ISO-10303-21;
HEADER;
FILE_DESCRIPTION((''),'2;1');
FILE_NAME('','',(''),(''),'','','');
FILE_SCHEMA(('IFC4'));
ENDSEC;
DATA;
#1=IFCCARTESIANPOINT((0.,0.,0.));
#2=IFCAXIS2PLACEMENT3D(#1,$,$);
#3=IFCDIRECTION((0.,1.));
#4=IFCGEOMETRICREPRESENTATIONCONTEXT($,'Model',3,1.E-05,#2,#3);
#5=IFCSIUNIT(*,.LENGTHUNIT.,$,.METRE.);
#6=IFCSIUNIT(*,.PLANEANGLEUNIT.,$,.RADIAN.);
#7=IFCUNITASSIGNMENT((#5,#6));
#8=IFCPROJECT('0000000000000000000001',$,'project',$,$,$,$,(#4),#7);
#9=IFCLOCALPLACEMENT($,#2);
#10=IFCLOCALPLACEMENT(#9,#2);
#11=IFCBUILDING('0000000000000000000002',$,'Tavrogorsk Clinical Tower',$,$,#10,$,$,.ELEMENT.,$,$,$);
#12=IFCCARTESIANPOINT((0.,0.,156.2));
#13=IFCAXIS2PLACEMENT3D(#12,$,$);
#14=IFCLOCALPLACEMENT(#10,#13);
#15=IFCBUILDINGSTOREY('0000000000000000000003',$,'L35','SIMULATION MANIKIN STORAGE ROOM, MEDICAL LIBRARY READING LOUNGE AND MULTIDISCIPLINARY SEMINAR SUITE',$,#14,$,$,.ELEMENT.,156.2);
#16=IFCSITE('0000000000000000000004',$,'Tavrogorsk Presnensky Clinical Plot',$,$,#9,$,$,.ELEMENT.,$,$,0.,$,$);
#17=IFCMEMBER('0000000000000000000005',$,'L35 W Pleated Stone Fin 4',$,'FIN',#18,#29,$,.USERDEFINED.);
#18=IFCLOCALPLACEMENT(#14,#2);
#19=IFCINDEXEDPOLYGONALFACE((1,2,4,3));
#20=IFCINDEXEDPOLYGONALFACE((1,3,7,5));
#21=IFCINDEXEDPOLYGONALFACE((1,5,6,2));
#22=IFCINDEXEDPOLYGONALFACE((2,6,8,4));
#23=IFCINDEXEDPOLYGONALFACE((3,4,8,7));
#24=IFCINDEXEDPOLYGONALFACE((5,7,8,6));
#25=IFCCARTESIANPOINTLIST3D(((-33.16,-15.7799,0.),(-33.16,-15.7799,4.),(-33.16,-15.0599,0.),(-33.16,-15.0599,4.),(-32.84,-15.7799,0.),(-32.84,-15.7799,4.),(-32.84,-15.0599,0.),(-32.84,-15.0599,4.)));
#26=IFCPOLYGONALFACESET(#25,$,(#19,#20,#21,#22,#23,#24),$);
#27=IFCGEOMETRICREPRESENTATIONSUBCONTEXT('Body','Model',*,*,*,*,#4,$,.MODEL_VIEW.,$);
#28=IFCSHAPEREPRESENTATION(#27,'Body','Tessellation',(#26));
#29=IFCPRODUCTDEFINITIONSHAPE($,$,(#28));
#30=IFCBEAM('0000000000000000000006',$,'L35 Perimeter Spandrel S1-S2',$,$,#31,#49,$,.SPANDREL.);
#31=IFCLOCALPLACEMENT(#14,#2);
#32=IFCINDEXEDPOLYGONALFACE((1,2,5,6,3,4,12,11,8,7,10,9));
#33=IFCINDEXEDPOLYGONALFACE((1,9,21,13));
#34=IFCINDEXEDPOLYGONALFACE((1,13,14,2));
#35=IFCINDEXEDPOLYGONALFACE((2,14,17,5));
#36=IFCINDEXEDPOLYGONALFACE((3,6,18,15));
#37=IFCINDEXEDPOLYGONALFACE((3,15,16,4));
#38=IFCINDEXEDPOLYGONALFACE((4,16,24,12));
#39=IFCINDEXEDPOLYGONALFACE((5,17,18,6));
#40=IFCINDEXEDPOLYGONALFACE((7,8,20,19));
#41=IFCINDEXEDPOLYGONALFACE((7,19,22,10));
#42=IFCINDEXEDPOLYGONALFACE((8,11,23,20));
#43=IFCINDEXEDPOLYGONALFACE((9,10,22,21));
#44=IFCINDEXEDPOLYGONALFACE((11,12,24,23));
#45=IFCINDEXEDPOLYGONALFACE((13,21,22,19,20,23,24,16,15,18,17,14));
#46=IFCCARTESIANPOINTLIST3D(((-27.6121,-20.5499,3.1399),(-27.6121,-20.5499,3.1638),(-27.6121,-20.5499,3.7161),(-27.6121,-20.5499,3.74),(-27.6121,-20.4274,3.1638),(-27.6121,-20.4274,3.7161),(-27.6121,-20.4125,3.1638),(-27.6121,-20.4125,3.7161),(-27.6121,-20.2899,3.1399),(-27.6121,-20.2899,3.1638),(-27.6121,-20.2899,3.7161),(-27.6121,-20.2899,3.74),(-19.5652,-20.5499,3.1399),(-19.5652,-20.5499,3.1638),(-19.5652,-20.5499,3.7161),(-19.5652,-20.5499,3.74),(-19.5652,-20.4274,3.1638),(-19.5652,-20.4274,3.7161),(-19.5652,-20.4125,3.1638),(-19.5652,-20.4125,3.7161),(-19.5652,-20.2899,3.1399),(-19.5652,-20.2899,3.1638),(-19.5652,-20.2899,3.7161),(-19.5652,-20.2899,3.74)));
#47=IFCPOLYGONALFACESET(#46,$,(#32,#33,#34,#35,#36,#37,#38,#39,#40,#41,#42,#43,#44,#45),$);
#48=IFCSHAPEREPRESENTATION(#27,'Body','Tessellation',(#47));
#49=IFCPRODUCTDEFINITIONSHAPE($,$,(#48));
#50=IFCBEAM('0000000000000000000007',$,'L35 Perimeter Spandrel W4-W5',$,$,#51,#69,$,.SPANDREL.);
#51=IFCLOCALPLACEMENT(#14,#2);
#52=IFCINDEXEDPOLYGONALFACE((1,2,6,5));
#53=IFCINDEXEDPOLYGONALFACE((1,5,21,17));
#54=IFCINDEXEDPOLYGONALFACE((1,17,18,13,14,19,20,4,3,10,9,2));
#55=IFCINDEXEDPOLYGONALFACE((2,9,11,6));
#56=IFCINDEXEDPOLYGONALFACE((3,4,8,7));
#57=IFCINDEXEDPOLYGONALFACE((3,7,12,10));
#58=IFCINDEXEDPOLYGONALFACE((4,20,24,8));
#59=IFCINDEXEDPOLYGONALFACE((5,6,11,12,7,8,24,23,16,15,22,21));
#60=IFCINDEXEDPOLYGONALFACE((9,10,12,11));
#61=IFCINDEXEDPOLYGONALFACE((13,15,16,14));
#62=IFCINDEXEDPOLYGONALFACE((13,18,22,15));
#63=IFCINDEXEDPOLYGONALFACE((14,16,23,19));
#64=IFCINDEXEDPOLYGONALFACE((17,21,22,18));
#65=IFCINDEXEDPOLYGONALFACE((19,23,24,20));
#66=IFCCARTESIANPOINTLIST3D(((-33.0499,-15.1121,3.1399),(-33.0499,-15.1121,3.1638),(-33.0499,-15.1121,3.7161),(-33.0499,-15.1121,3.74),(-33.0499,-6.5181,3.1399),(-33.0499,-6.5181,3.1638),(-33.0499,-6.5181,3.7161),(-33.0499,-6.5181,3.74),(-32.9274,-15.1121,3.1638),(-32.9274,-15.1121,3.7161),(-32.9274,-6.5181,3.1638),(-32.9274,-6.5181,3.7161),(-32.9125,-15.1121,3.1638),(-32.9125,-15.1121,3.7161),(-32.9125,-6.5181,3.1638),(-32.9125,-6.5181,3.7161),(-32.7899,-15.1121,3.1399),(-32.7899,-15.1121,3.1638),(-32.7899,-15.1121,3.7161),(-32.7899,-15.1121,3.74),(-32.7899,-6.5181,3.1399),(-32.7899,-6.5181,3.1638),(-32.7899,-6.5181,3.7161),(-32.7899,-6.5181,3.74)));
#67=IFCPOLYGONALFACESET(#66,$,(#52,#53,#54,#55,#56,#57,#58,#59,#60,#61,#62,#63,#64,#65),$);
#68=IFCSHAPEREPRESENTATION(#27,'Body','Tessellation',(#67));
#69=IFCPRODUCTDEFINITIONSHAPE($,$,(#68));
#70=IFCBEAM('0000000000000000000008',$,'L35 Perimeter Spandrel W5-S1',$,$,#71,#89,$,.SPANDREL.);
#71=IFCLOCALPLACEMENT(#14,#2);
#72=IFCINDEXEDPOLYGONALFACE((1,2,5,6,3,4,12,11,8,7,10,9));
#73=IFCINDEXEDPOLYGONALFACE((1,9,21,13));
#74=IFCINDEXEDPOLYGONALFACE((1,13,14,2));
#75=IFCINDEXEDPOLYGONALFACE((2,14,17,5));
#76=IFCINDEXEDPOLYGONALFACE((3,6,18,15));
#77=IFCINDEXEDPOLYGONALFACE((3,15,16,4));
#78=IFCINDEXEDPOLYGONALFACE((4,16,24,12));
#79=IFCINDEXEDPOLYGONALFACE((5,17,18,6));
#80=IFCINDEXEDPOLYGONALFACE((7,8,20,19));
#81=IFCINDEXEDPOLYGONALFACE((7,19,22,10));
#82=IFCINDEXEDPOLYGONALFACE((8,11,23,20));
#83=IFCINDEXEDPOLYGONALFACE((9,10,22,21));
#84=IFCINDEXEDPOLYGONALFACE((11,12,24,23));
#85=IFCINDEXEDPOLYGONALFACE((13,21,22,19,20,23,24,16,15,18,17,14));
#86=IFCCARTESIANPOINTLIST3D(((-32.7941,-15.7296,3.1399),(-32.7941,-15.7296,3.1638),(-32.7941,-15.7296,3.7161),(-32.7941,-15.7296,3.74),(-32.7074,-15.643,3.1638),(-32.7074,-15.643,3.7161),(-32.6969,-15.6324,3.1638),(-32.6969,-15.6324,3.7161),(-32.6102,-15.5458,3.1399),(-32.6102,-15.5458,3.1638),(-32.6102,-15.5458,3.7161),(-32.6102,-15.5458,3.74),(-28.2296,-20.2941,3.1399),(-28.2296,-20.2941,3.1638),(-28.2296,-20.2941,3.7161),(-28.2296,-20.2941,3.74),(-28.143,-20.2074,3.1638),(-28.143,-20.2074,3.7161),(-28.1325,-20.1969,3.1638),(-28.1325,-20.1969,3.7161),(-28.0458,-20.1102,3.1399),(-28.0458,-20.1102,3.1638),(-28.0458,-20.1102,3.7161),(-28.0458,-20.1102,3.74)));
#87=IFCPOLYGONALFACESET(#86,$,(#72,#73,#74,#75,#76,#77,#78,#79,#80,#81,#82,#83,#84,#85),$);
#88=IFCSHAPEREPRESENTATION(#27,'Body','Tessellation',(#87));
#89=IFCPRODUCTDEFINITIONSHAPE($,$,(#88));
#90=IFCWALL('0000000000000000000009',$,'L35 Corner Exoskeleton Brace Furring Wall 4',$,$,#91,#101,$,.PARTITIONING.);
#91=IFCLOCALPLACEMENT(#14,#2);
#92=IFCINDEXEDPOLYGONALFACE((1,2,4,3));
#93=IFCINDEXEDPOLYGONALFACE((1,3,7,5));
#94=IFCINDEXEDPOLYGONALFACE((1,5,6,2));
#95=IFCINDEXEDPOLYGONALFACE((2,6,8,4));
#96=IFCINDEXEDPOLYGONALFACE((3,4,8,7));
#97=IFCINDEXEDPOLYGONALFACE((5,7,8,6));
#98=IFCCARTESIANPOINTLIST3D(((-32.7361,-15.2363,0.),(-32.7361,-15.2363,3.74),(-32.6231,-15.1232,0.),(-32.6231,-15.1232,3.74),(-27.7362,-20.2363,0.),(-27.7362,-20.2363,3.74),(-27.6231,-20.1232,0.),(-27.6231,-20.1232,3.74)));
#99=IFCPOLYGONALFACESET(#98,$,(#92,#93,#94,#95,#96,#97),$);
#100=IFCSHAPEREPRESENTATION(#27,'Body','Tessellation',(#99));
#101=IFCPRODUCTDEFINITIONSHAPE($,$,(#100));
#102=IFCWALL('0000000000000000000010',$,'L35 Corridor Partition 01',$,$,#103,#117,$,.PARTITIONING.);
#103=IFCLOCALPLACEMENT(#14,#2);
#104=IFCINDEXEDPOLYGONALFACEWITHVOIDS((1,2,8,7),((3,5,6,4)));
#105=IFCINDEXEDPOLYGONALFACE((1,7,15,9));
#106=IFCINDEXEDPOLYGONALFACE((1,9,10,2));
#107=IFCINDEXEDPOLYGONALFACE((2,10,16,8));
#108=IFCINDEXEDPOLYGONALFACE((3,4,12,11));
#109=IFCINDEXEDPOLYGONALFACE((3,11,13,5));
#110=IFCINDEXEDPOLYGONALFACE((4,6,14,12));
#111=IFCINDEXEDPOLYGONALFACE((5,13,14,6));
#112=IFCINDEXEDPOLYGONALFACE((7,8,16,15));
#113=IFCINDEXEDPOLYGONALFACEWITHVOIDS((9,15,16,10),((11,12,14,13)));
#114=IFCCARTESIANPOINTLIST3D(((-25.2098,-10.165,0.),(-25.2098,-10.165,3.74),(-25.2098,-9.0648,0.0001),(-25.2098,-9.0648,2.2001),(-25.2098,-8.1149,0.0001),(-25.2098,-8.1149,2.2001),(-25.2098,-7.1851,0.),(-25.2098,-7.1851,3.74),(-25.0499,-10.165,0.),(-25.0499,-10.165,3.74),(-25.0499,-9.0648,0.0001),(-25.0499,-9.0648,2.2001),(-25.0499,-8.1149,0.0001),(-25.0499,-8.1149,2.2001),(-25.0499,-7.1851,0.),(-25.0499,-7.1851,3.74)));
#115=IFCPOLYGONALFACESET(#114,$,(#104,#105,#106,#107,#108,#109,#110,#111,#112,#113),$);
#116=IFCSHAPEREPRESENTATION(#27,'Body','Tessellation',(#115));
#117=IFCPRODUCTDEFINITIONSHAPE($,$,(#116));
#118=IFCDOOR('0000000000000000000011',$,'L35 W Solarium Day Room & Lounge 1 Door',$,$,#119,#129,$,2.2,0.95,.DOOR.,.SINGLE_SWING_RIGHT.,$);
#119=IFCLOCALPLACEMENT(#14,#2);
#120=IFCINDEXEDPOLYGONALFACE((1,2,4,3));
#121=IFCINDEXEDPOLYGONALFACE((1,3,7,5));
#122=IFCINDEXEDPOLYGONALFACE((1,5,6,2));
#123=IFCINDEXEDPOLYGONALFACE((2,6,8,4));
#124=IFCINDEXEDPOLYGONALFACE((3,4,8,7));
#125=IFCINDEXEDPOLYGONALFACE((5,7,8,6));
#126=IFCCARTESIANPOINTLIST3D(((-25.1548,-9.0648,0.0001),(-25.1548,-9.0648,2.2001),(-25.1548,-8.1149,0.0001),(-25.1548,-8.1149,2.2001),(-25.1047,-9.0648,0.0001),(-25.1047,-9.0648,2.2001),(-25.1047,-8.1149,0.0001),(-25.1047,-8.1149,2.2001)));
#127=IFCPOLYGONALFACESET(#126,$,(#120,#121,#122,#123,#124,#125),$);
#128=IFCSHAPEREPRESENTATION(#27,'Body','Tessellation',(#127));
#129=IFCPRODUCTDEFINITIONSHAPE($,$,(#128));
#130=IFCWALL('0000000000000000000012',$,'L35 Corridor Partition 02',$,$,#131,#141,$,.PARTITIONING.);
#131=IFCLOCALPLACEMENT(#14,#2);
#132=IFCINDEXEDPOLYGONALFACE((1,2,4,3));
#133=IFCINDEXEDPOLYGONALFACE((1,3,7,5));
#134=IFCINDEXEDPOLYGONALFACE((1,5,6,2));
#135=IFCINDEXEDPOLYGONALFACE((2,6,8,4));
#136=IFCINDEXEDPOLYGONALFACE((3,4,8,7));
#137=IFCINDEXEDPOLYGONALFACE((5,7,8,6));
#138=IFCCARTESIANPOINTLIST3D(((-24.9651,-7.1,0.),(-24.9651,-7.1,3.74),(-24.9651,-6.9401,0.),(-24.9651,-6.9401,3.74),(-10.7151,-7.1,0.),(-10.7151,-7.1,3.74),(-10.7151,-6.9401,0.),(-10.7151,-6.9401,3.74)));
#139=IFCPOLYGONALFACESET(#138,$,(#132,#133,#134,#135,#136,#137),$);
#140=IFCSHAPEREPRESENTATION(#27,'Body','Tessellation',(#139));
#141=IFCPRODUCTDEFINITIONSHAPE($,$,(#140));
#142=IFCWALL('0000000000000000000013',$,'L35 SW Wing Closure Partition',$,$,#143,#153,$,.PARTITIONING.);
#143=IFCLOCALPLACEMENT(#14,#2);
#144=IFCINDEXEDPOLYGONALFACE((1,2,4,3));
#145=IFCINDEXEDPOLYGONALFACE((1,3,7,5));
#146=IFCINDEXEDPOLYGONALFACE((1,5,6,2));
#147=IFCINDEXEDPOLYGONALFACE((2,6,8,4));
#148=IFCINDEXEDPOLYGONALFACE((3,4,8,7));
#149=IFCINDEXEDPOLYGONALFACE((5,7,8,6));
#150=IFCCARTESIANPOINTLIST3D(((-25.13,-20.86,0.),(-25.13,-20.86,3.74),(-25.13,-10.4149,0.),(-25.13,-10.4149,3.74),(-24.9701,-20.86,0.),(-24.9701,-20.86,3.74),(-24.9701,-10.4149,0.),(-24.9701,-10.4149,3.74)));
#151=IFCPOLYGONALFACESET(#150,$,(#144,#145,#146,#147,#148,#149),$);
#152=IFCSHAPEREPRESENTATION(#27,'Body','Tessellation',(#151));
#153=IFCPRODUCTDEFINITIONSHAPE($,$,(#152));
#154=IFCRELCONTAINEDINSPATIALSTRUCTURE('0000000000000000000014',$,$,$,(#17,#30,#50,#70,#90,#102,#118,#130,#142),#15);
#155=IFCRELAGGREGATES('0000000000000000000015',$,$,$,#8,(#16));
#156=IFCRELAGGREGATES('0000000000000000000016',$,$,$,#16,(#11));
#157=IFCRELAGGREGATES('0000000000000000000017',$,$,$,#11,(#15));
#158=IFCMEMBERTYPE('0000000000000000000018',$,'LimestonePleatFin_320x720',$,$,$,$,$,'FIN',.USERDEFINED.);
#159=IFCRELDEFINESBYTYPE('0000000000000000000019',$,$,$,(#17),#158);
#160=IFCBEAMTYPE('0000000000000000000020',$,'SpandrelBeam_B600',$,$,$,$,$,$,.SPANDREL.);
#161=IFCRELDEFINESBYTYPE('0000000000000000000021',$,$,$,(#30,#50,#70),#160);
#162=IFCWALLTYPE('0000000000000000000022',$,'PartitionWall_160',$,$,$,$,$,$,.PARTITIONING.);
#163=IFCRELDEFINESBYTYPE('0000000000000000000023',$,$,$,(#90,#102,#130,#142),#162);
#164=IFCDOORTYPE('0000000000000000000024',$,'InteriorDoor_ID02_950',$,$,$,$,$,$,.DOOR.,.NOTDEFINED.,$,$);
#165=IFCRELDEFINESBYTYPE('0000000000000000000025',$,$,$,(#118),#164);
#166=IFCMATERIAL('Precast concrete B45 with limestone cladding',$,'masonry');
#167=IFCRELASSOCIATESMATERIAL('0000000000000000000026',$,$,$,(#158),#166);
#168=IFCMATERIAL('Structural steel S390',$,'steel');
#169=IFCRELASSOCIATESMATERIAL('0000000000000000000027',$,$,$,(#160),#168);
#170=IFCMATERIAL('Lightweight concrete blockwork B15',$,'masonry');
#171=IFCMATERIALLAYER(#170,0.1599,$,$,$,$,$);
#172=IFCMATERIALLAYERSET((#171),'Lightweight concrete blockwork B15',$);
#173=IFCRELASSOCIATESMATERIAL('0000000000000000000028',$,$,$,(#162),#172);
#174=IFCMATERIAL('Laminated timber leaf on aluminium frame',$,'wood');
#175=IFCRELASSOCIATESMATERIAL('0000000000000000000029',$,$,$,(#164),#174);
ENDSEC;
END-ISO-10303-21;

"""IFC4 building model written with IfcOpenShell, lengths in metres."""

from ifc_helpers import new_model, si_unit, direction, frame, frame_2d, origin, origin_2d, place, context, subcontext, project, spatial, rectangle, i_section, extrude, material, layer, layer_set, material_profile, profile_set, type_object, element, fill, save


model = new_model("IFC4")

# Units and contexts
model_context = context("Model", 3, precision=1e-05, world=origin(), true_north=direction((0.0, 1.0)))
body_context = subcontext(model_context, "Body", "Model", "MODEL_VIEW")
ifc_project = project(units=[si_unit("LENGTHUNIT", "METRE"), si_unit("PLANEANGLEUNIT", "RADIAN")], contexts=[model_context])

# Site, building, storey
site_placement = place(None, origin())
site = spatial("IfcSite", under=ifc_project, at=site_placement, Name="Tavrogorsk Presnensky Clinical Plot", CompositionType="ELEMENT", RefElevation=0.0)
building_placement = place(site_placement, origin())
building = spatial("IfcBuilding", under=site, at=building_placement, Name="Tavrogorsk Clinical Tower", CompositionType="ELEMENT")
storey_placement = place(building_placement, frame((0.0, 0.0, 156.2)))
storey = spatial("IfcBuildingStorey", under=building, at=storey_placement, Name="L35", Description="SIMULATION MANIKIN STORAGE ROOM, MEDICAL LIBRARY READING LOUNGE AND MULTIDISCIPLINARY SEMINAR SUITE", CompositionType="ELEMENT", Elevation=156.2)

# Member
ifc_material_1 = material(Name="Precast concrete B45 with limestone cladding", Category="masonry")
ifc_material_profile_1 = material_profile(ifc_material_1, rectangle(XDim=0.3201, YDim=0.72, at=origin_2d()), Name="LIMESTONE-FIN-320x720")
ifc_profile_set_1 = profile_set([ifc_material_profile_1], Name="Precast concrete B45 with limestone cladding")
member_type_1 = type_object("IfcMemberType", Name="LimestonePleatFin_320x720", ElementType="FIN", PredefinedType="USERDEFINED", material=ifc_profile_set_1)
for number, where, z_axis, x_axis, name in (
    (1, (-33.0, -15.4199, 0.0), (0.0, 0.0, 1.0), (1.0, 0.0, 0.0), "L35 W Pleated Stone Fin 4"),
):
    element("IfcMember", number, at=place(storey_placement, frame(where, z_axis=z_axis, x_axis=x_axis)), inside=storey, type_object=member_type_1, Name=name, ObjectType="FIN", PredefinedType="USERDEFINED", context=body_context, shape_type="SweptSolid", body=[
        extrude(rectangle(XDim=0.3201, YDim=0.72, at=origin_2d()), origin(), (0.0, 0.0, 1.0), 4.0),
    ])

# Beams
ifc_material_2 = material(Name="Structural steel S390", Category="steel")
ifc_material_profile_2 = material_profile(ifc_material_2, i_section(OverallWidth=0.26, OverallDepth=0.6001, WebThickness=0.0149, FlangeThickness=0.0239, at=origin_2d()), Name="B-600x260x15x24")
ifc_profile_set_2 = profile_set([ifc_material_profile_2], Name="Structural steel S390")
beam_type_1 = type_object("IfcBeamType", Name="SpandrelBeam_B600", PredefinedType="SPANDREL", material=ifc_profile_set_2)
beam_1_placement = place(storey_placement, frame((-27.6121, -20.4199, 3.4399), z_axis=(1.0, 0.0, 0.0), x_axis=(0.0, 1.0, 0.0)))
element("IfcBeam", 2, at=beam_1_placement, inside=storey, type_object=beam_type_1, Name="L35 Perimeter Spandrel S1-S2", PredefinedType="SPANDREL", context=body_context, shape_type="SweptSolid", body=[
    extrude(i_section(OverallWidth=0.26, OverallDepth=0.6001, WebThickness=0.0149, FlangeThickness=0.0239, at=origin_2d()), origin(), (0.0, 0.0, 1.0), 8.0469),
])
beam_2_placement = place(storey_placement, frame((-32.9199, -6.5181, 3.4399), z_axis=(0.0, -1.0, 0.0), x_axis=(1.0, 0.0, 0.0)))
element("IfcBeam", 3, at=beam_2_placement, inside=storey, type_object=beam_type_1, Name="L35 Perimeter Spandrel W4-W5", PredefinedType="SPANDREL", context=body_context, shape_type="SweptSolid", body=[
    extrude(i_section(OverallWidth=0.26, OverallDepth=0.6001, WebThickness=0.0149, FlangeThickness=0.0239, at=origin_2d()), origin(), (0.0, 0.0, 1.0), 8.594),
])
beam_3_placement = place(storey_placement, frame((-32.7021, -15.6377, 3.4399), z_axis=(0.707107, -0.707107, 0.0), x_axis=(0.707107, 0.707107, 0.0)))
element("IfcBeam", 4, at=beam_3_placement, inside=storey, type_object=beam_type_1, Name="L35 Perimeter Spandrel W5-S1", PredefinedType="SPANDREL", context=body_context, shape_type="SweptSolid", body=[
    extrude(i_section(OverallWidth=0.26, OverallDepth=0.6001, WebThickness=0.0149, FlangeThickness=0.0239, at=origin_2d()), origin(), (0.0, 0.0, 1.0), 6.4551),
])

# Wall
ifc_material_3 = material(Name="Lightweight concrete blockwork B15", Category="masonry")
ifc_layer_1 = layer(ifc_material_3, 0.1599)
ifc_layer_set_1 = layer_set([ifc_layer_1], Name="Lightweight concrete blockwork B15")
wall_type_1 = type_object("IfcWallType", Name="PartitionWall_160", PredefinedType="PARTITIONING", material=ifc_layer_set_1)
wall_1_placement = place(storey_placement, frame((-32.6797, -15.1797, 0.0), z_axis=(0.0, 0.0, 1.0), x_axis=(0.707107, -0.707107, 0.0)))
element("IfcWall", 5, at=wall_1_placement, inside=storey, type_object=wall_type_1, Name="L35 Corner Exoskeleton Brace Furring Wall 4", PredefinedType="PARTITIONING", context=body_context, shape_type="SweptSolid", body=[
    extrude(rectangle(XDim=7.071, YDim=0.1599, at=frame_2d((3.5356, 0.0))), origin(), (0.0, 0.0, 1.0), 3.74),
])

# Wall, opening, door
wall_2_placement = place(storey_placement, frame((-25.1299, -10.165, 0.0), z_axis=(0.0, 0.0, 1.0), x_axis=(0.0, 1.0, 0.0)))
wall_2 = element("IfcWall", 6, at=wall_2_placement, inside=storey, type_object=wall_type_1, Name="L35 Corridor Partition 01", PredefinedType="PARTITIONING", context=body_context, shape_type="SweptSolid", body=[
    extrude(rectangle(XDim=2.98, YDim=0.1599, at=frame_2d((1.49, 0.0))), origin(), (0.0, 0.0, 1.0), 3.74),
])
opening_1_placement = place(wall_2_placement, frame((1.1001, 0.0, 0.0)))
opening_1 = element("IfcOpeningElement", 7, at=opening_1_placement, cuts=wall_2, PredefinedType="OPENING", context=body_context, shape_type="SweptSolid", body=[
    extrude(rectangle(XDim=0.95, YDim=2.2, at=frame_2d((0.4751, 1.1001))), frame((0.0, 0.0898, 0.0), z_axis=(0.0, -1.0, 0.0), x_axis=(1.0, 0.0, 0.0)), (0.0, 0.0, 1.0), 0.1799),
])
ifc_material_4 = material(Name="Laminated timber leaf on aluminium frame", Category="wood")
door_type = type_object("IfcDoorType", Name="InteriorDoor_ID02_950", OperationType="NOTDEFINED", PredefinedType="DOOR", material=ifc_material_4)
door_placement = place(opening_1_placement, origin())
door = element("IfcDoor", 8, at=door_placement, inside=storey, type_object=door_type, Name="L35 W Solarium Day Room & Lounge 1 Door", OperationType="SINGLE_SWING_RIGHT", OverallHeight=2.2, OverallWidth=0.95, PredefinedType="DOOR", context=body_context, shape_type="SweptSolid", body=[
    extrude(rectangle(XDim=0.95, YDim=2.2, at=frame_2d((0.4751, 1.1001))), frame((0.0, 0.0249, 0.0), z_axis=(0.0, -1.0, 0.0), x_axis=(1.0, 0.0, 0.0)), (0.0, 0.0, 1.0), 0.05),
])
fill(opening_1, door)

# Walls
wall_3_placement = place(storey_placement, frame((-24.9651, -7.02, 0.0), z_axis=(0.0, 0.0, 1.0), x_axis=(1.0, 0.0, 0.0)))
element("IfcWall", 9, at=wall_3_placement, inside=storey, type_object=wall_type_1, Name="L35 Corridor Partition 02", PredefinedType="PARTITIONING", context=body_context, shape_type="SweptSolid", body=[
    extrude(rectangle(XDim=14.25, YDim=0.1599, at=frame_2d((7.125, 0.0))), origin(), (0.0, 0.0, 1.0), 3.74),
])
wall_4_placement = place(storey_placement, frame((-25.05, -20.8601, 0.0), z_axis=(0.0, 0.0, 1.0), x_axis=(0.0, 1.0, 0.0)))
element("IfcWall", 10, at=wall_4_placement, inside=storey, type_object=wall_type_1, Name="L35 SW Wing Closure Partition", PredefinedType="PARTITIONING", context=body_context, shape_type="SweptSolid", body=[
    extrude(rectangle(XDim=10.4451, YDim=0.1599, at=frame_2d((5.2227, 0.0))), origin(), (0.0, 0.0, 1.0), 3.74),
])

save(model, "model.ifc")
